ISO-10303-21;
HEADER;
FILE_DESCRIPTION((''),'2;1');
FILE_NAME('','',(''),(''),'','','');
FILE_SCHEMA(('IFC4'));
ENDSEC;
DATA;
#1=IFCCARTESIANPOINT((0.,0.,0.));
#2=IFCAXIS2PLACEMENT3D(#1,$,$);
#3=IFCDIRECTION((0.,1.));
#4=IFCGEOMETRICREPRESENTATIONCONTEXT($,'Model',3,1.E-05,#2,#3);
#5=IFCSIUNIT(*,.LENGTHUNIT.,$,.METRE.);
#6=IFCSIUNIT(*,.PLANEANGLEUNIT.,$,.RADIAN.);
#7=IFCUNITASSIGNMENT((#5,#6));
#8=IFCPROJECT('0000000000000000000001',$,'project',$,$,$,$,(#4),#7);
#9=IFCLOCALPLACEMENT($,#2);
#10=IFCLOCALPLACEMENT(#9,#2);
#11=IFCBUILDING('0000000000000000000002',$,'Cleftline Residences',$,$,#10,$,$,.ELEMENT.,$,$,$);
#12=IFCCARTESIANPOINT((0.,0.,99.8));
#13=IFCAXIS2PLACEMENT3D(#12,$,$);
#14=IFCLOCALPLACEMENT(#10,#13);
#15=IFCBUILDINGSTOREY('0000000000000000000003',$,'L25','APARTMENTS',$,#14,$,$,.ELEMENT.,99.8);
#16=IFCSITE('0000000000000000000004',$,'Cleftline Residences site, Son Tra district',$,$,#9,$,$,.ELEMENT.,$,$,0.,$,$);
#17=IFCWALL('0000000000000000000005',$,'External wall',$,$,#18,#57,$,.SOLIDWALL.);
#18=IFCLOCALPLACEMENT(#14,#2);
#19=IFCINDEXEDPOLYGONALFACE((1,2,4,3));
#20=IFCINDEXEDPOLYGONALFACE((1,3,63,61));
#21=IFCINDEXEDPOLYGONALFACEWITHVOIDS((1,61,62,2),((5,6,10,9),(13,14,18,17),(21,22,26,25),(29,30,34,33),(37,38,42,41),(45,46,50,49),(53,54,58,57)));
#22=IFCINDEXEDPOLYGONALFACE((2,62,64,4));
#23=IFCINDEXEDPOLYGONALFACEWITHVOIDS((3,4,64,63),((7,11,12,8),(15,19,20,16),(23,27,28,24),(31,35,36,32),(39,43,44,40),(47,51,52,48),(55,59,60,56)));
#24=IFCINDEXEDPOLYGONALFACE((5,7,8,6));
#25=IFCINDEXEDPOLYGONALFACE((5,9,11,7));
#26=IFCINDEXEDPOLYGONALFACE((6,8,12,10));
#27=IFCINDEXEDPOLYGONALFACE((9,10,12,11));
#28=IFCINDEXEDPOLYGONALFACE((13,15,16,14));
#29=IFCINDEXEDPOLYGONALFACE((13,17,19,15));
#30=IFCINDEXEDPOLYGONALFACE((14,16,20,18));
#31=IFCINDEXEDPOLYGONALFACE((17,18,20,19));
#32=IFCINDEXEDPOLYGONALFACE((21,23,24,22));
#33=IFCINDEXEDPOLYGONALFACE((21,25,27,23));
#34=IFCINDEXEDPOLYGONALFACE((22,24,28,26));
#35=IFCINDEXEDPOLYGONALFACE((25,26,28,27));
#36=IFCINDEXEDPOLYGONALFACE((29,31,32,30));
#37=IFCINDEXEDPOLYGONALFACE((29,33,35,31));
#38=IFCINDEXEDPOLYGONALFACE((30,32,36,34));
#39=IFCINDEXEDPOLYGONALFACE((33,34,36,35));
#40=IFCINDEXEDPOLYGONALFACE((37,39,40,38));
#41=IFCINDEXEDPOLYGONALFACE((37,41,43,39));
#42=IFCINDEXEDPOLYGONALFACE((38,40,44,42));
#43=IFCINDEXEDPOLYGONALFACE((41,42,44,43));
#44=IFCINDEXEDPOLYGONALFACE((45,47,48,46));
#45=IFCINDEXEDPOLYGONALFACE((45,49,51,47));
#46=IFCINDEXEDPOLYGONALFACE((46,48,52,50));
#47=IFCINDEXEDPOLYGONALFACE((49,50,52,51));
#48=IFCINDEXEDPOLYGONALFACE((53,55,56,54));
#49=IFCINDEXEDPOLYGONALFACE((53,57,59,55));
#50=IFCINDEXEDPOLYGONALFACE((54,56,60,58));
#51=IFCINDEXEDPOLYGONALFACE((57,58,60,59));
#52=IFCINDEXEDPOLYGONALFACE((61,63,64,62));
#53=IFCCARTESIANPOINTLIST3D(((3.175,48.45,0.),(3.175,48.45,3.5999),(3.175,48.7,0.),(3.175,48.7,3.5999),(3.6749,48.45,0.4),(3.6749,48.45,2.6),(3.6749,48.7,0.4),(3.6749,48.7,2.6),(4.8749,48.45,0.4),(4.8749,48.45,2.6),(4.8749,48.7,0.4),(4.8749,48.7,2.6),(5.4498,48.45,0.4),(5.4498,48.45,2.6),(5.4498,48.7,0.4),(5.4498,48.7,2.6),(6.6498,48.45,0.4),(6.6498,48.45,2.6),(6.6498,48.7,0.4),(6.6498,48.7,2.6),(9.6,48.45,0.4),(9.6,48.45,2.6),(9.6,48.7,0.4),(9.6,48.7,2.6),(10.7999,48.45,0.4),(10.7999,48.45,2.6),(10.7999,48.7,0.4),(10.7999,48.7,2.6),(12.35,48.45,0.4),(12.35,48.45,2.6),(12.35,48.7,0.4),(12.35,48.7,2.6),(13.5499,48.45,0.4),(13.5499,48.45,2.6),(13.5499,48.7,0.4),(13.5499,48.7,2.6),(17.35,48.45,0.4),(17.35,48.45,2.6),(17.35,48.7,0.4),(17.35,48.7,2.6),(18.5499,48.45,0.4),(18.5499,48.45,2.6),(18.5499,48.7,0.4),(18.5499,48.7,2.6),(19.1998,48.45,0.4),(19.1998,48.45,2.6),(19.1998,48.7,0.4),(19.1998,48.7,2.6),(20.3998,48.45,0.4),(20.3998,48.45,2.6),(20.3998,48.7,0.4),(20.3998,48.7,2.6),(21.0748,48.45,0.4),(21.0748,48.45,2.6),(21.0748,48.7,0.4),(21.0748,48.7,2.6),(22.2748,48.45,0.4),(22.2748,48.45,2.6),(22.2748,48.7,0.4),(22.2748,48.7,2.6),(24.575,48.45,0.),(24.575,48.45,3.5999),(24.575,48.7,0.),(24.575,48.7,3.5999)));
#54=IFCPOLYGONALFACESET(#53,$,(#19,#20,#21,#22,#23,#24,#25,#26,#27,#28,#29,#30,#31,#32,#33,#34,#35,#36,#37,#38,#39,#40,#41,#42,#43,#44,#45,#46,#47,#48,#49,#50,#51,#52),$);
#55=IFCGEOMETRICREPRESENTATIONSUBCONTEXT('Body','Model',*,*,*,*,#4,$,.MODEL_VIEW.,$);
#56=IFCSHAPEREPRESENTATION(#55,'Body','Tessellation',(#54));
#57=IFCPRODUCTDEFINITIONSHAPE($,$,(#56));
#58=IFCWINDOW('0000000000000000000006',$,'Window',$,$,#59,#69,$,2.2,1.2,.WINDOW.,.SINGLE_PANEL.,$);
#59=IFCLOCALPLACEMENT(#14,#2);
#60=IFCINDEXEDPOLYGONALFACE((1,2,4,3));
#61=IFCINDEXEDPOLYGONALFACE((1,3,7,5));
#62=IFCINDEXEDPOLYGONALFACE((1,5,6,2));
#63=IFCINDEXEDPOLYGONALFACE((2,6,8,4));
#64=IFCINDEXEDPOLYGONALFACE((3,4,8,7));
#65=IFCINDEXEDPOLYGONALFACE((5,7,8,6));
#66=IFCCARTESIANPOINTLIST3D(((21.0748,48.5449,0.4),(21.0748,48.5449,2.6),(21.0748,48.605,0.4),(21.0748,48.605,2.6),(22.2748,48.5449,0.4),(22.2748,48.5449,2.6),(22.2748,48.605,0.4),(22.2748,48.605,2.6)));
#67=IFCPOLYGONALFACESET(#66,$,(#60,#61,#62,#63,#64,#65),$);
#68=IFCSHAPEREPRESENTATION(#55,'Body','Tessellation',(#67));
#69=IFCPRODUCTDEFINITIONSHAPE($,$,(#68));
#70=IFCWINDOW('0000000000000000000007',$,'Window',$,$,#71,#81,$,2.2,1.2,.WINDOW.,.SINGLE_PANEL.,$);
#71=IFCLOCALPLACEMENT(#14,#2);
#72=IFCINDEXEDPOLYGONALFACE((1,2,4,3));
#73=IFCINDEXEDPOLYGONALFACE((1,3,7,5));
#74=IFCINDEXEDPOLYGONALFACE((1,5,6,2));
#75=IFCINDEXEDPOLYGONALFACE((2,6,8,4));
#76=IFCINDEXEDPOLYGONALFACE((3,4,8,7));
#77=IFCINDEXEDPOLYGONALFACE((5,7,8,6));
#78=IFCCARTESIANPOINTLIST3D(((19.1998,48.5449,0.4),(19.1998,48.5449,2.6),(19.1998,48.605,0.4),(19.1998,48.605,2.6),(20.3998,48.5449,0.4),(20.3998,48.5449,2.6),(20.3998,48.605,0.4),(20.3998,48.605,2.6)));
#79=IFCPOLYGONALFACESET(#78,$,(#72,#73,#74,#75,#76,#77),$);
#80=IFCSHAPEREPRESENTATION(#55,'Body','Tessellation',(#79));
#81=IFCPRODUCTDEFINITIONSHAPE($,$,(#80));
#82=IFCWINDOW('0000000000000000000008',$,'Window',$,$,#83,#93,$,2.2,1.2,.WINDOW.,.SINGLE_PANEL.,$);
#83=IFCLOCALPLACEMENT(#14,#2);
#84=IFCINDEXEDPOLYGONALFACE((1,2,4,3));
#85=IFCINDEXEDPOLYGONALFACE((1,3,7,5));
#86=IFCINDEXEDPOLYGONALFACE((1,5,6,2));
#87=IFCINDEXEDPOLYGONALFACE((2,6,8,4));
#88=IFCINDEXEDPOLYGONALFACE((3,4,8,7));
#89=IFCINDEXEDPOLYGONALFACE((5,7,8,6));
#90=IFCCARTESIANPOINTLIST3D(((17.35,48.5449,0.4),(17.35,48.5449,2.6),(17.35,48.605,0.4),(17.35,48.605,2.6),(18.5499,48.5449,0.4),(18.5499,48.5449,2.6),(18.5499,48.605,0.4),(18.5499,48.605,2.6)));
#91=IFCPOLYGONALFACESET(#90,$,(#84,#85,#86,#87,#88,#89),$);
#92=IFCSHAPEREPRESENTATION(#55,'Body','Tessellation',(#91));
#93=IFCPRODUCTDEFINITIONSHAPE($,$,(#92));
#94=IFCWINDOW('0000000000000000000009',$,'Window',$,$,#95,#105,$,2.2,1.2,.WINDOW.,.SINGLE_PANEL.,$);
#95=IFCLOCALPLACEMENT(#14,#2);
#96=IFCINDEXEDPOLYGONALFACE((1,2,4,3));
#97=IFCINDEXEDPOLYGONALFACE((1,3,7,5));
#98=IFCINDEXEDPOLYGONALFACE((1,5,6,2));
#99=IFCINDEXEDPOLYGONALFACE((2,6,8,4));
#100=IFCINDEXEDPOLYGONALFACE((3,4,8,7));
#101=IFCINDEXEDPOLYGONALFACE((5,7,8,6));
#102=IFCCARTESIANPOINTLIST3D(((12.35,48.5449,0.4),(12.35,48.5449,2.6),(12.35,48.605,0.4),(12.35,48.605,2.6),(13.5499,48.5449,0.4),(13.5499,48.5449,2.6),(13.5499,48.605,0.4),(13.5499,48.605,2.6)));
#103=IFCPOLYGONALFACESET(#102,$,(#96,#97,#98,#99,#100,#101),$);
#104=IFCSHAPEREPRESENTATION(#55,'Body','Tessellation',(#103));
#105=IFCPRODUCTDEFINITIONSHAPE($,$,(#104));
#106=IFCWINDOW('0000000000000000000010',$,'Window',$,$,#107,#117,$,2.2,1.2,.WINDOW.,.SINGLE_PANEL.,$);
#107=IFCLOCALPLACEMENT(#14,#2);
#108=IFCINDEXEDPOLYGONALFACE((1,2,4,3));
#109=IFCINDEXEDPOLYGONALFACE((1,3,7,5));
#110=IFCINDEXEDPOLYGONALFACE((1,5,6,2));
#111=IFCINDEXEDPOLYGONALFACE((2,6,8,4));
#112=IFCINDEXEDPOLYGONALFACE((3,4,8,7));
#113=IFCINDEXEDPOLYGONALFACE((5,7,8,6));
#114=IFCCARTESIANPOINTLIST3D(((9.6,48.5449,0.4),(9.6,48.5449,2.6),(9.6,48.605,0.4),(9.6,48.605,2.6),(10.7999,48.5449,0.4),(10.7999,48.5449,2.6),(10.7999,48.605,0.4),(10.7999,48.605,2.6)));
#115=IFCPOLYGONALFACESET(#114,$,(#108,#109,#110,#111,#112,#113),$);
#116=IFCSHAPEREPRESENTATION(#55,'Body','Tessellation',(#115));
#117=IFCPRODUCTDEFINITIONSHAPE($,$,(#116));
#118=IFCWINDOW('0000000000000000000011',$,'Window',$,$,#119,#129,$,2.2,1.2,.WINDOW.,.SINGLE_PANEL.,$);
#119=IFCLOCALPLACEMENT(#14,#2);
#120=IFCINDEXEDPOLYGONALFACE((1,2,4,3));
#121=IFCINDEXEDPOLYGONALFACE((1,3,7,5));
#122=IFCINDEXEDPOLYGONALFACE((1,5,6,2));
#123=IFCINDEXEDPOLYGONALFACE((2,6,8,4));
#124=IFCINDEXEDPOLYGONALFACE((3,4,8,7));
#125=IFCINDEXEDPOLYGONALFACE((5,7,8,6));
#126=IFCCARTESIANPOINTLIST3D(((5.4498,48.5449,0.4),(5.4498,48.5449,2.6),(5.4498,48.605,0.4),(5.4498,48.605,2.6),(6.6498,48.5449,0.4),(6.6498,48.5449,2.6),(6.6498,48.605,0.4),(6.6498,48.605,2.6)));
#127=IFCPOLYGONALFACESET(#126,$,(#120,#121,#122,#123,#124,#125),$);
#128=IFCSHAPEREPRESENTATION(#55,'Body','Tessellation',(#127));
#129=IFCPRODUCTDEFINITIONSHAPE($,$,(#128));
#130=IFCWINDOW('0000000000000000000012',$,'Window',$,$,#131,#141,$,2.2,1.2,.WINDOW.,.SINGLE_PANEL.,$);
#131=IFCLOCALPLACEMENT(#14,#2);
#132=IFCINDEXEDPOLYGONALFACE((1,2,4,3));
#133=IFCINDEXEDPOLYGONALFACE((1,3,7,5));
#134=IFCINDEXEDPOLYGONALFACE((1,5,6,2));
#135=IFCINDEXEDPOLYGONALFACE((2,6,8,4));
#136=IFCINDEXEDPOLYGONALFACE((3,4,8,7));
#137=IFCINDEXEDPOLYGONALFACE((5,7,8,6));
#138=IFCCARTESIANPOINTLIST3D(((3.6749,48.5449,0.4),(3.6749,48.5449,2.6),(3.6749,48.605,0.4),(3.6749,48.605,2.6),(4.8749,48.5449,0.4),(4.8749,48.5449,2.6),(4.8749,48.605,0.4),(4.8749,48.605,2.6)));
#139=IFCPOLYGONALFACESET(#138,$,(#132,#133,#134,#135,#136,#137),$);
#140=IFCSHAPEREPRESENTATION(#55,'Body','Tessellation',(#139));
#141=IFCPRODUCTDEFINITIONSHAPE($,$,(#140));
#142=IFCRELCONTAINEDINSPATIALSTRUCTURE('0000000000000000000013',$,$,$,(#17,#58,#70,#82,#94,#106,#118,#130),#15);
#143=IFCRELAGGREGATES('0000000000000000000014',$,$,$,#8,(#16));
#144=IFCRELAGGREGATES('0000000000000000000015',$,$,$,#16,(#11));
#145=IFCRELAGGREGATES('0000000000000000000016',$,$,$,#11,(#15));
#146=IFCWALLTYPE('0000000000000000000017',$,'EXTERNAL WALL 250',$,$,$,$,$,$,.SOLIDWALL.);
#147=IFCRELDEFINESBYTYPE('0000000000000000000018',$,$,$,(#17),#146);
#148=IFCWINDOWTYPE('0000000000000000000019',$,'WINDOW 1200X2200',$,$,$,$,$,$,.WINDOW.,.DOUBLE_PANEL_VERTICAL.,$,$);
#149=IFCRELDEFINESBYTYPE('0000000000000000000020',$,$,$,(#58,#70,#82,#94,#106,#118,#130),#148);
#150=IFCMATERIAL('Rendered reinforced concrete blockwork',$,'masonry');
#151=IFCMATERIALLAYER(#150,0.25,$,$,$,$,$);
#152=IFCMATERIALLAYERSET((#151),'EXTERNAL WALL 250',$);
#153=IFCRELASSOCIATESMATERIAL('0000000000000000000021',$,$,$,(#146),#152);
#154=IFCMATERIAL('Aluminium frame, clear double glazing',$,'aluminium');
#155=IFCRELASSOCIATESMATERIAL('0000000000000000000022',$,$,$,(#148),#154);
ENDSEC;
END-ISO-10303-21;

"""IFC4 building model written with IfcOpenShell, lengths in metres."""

from ifc_helpers import new_model, si_unit, direction, frame, frame_2d, origin, place, context, subcontext, project, spatial, rectangle, extrude, material, layer, layer_set, type_object, element, fill, save


model = new_model("IFC4")

# Units and contexts
model_context = context("Model", 3, precision=1e-05, world=origin(), true_north=direction((0.0, 1.0)))
body_context = subcontext(model_context, "Body", "Model", "MODEL_VIEW")
ifc_project = project(units=[si_unit("LENGTHUNIT", "METRE"), si_unit("PLANEANGLEUNIT", "RADIAN")], contexts=[model_context])

# Site, building, storey
site_placement = place(None, origin())
site = spatial("IfcSite", under=ifc_project, at=site_placement, Name="Cleftline Residences site, Son Tra district", CompositionType="ELEMENT", RefElevation=0.0)
building_placement = place(site_placement, origin())
building = spatial("IfcBuilding", under=site, at=building_placement, Name="Cleftline Residences", CompositionType="ELEMENT")
storey_placement = place(building_placement, frame((0.0, 0.0, 99.8)))
storey = spatial("IfcBuildingStorey", under=building, at=storey_placement, Name="L25", Description="APARTMENTS", CompositionType="ELEMENT", Elevation=99.8)

# Wall, openings, windows
ifc_material_1 = material(Name="Rendered reinforced concrete blockwork", Category="masonry")
ifc_layer_1 = layer(ifc_material_1, 0.25)
ifc_layer_set_1 = layer_set([ifc_layer_1], Name="EXTERNAL WALL 250")
wall_type = type_object("IfcWallType", Name="EXTERNAL WALL 250", PredefinedType="SOLIDWALL", material=ifc_layer_set_1)
wall_placement = place(storey_placement, frame((24.575, 48.575, 0.0), z_axis=(0.0, 0.0, 1.0), x_axis=(-1.0, 0.0, 0.0)))
wall = element("IfcWall", 1, at=wall_placement, inside=storey, type_object=wall_type, Name="External wall", PredefinedType="SOLIDWALL", context=body_context, shape_type="SweptSolid", body=[
    extrude(rectangle(XDim=21.3999, YDim=0.25, at=frame_2d((10.7, 0.0))), origin(), (0.0, 0.0, 1.0), 3.5999),
])
opening_1_placement = place(wall_placement, frame((2.3, 0.0, 0.3999)))
opening_1 = element("IfcOpeningElement", 2, at=opening_1_placement, cuts=wall, PredefinedType="OPENING", context=body_context, shape_type="SweptSolid", body=[
    extrude(rectangle(XDim=1.2, YDim=2.2, at=frame_2d((0.6001, 1.1001))), frame((0.0, 0.135, 0.0), z_axis=(0.0, -1.0, 0.0), x_axis=(1.0, 0.0, 0.0)), (0.0, 0.0, 1.0), 0.27),
])
opening_2_placement = place(wall_placement, frame((4.175, 0.0, 0.3999)))
opening_2 = element("IfcOpeningElement", 3, at=opening_2_placement, cuts=wall, PredefinedType="OPENING", context=body_context, shape_type="SweptSolid", body=[
    extrude(rectangle(XDim=1.2, YDim=2.2, at=frame_2d((0.6001, 1.1001))), frame((0.0, 0.135, 0.0), z_axis=(0.0, -1.0, 0.0), x_axis=(1.0, 0.0, 0.0)), (0.0, 0.0, 1.0), 0.27),
])
opening_3_placement = place(wall_placement, frame((6.0249, 0.0, 0.3999)))
opening_3 = element("IfcOpeningElement", 4, at=opening_3_placement, cuts=wall, PredefinedType="OPENING", context=body_context, shape_type="SweptSolid", body=[
    extrude(rectangle(XDim=1.2, YDim=2.2, at=frame_2d((0.6001, 1.1001))), frame((0.0, 0.135, 0.0), z_axis=(0.0, -1.0, 0.0), x_axis=(1.0, 0.0, 0.0)), (0.0, 0.0, 1.0), 0.27),
])
opening_4_placement = place(wall_placement, frame((11.0249, 0.0, 0.3999)))
opening_4 = element("IfcOpeningElement", 5, at=opening_4_placement, cuts=wall, PredefinedType="OPENING", context=body_context, shape_type="SweptSolid", body=[
    extrude(rectangle(XDim=1.2, YDim=2.2, at=frame_2d((0.6001, 1.1001))), frame((0.0, 0.135, 0.0), z_axis=(0.0, -1.0, 0.0), x_axis=(1.0, 0.0, 0.0)), (0.0, 0.0, 1.0), 0.27),
])
opening_5_placement = place(wall_placement, frame((13.7749, 0.0, 0.3999)))
opening_5 = element("IfcOpeningElement", 6, at=opening_5_placement, cuts=wall, PredefinedType="OPENING", context=body_context, shape_type="SweptSolid", body=[
    extrude(rectangle(XDim=1.2, YDim=2.2, at=frame_2d((0.6001, 1.1001))), frame((0.0, 0.135, 0.0), z_axis=(0.0, -1.0, 0.0), x_axis=(1.0, 0.0, 0.0)), (0.0, 0.0, 1.0), 0.27),
])
opening_6_placement = place(wall_placement, frame((17.925, 0.0, 0.3999)))
opening_6 = element("IfcOpeningElement", 7, at=opening_6_placement, cuts=wall, PredefinedType="OPENING", context=body_context, shape_type="SweptSolid", body=[
    extrude(rectangle(XDim=1.2, YDim=2.2, at=frame_2d((0.6001, 1.1001))), frame((0.0, 0.135, 0.0), z_axis=(0.0, -1.0, 0.0), x_axis=(1.0, 0.0, 0.0)), (0.0, 0.0, 1.0), 0.27),
])
opening_7_placement = place(wall_placement, frame((19.7, 0.0, 0.3999)))
opening_7 = element("IfcOpeningElement", 8, at=opening_7_placement, cuts=wall, PredefinedType="OPENING", context=body_context, shape_type="SweptSolid", body=[
    extrude(rectangle(XDim=1.2, YDim=2.2, at=frame_2d((0.6001, 1.1001))), frame((0.0, 0.135, 0.0), z_axis=(0.0, -1.0, 0.0), x_axis=(1.0, 0.0, 0.0)), (0.0, 0.0, 1.0), 0.27),
])
ifc_material_2 = material(Name="Aluminium frame, clear double glazing", Category="aluminium")
window_type = type_object("IfcWindowType", Name="WINDOW 1200X2200", PartitioningType="DOUBLE_PANEL_VERTICAL", PredefinedType="WINDOW", material=ifc_material_2)
window_1_placement = place(opening_1_placement, origin())
window_1 = element("IfcWindow", 9, at=window_1_placement, inside=storey, type_object=window_type, Name="Window", OverallHeight=2.2, OverallWidth=1.2, PartitioningType="SINGLE_PANEL", PredefinedType="WINDOW", context=body_context, shape_type="SweptSolid", body=[
    extrude(rectangle(XDim=1.2, YDim=2.2, at=frame_2d((0.6001, 1.1001))), frame((0.0, 0.03, 0.0), z_axis=(0.0, -1.0, 0.0), x_axis=(1.0, 0.0, 0.0)), (0.0, 0.0, 1.0), 0.0601),
])
fill(opening_1, window_1)
window_2_placement = place(opening_2_placement, origin())
window_2 = element("IfcWindow", 10, at=window_2_placement, inside=storey, type_object=window_type, Name="Window", OverallHeight=2.2, OverallWidth=1.2, PartitioningType="SINGLE_PANEL", PredefinedType="WINDOW", context=body_context, shape_type="SweptSolid", body=[
    extrude(rectangle(XDim=1.2, YDim=2.2, at=frame_2d((0.6001, 1.1001))), frame((0.0, 0.03, 0.0), z_axis=(0.0, -1.0, 0.0), x_axis=(1.0, 0.0, 0.0)), (0.0, 0.0, 1.0), 0.0601),
])
fill(opening_2, window_2)
window_3_placement = place(opening_3_placement, origin())
window_3 = element("IfcWindow", 11, at=window_3_placement, inside=storey, type_object=window_type, Name="Window", OverallHeight=2.2, OverallWidth=1.2, PartitioningType="SINGLE_PANEL", PredefinedType="WINDOW", context=body_context, shape_type="SweptSolid", body=[
    extrude(rectangle(XDim=1.2, YDim=2.2, at=frame_2d((0.6001, 1.1001))), frame((0.0, 0.03, 0.0), z_axis=(0.0, -1.0, 0.0), x_axis=(1.0, 0.0, 0.0)), (0.0, 0.0, 1.0), 0.0601),
])
fill(opening_3, window_3)
window_4_placement = place(opening_4_placement, origin())
window_4 = element("IfcWindow", 12, at=window_4_placement, inside=storey, type_object=window_type, Name="Window", OverallHeight=2.2, OverallWidth=1.2, PartitioningType="SINGLE_PANEL", PredefinedType="WINDOW", context=body_context, shape_type="SweptSolid", body=[
    extrude(rectangle(XDim=1.2, YDim=2.2, at=frame_2d((0.6001, 1.1001))), frame((0.0, 0.03, 0.0), z_axis=(0.0, -1.0, 0.0), x_axis=(1.0, 0.0, 0.0)), (0.0, 0.0, 1.0), 0.0601),
])
fill(opening_4, window_4)
window_5_placement = place(opening_5_placement, origin())
window_5 = element("IfcWindow", 13, at=window_5_placement, inside=storey, type_object=window_type, Name="Window", OverallHeight=2.2, OverallWidth=1.2, PartitioningType="SINGLE_PANEL", PredefinedType="WINDOW", context=body_context, shape_type="SweptSolid", body=[
    extrude(rectangle(XDim=1.2, YDim=2.2, at=frame_2d((0.6001, 1.1001))), frame((0.0, 0.03, 0.0), z_axis=(0.0, -1.0, 0.0), x_axis=(1.0, 0.0, 0.0)), (0.0, 0.0, 1.0), 0.0601),
])
fill(opening_5, window_5)
window_6_placement = place(opening_6_placement, origin())
window_6 = element("IfcWindow", 14, at=window_6_placement, inside=storey, type_object=window_type, Name="Window", OverallHeight=2.2, OverallWidth=1.2, PartitioningType="SINGLE_PANEL", PredefinedType="WINDOW", context=body_context, shape_type="SweptSolid", body=[
    extrude(rectangle(XDim=1.2, YDim=2.2, at=frame_2d((0.6001, 1.1001))), frame((0.0, 0.03, 0.0), z_axis=(0.0, -1.0, 0.0), x_axis=(1.0, 0.0, 0.0)), (0.0, 0.0, 1.0), 0.0601),
])
fill(opening_6, window_6)
window_7_placement = place(opening_7_placement, origin())
window_7 = element("IfcWindow", 15, at=window_7_placement, inside=storey, type_object=window_type, Name="Window", OverallHeight=2.2, OverallWidth=1.2, PartitioningType="SINGLE_PANEL", PredefinedType="WINDOW", context=body_context, shape_type="SweptSolid", body=[
    extrude(rectangle(XDim=1.2, YDim=2.2, at=frame_2d((0.6001, 1.1001))), frame((0.0, 0.03, 0.0), z_axis=(0.0, -1.0, 0.0), x_axis=(1.0, 0.0, 0.0)), (0.0, 0.0, 1.0), 0.0601),
])
fill(opening_7, window_7)

save(model, "model.ifc")
